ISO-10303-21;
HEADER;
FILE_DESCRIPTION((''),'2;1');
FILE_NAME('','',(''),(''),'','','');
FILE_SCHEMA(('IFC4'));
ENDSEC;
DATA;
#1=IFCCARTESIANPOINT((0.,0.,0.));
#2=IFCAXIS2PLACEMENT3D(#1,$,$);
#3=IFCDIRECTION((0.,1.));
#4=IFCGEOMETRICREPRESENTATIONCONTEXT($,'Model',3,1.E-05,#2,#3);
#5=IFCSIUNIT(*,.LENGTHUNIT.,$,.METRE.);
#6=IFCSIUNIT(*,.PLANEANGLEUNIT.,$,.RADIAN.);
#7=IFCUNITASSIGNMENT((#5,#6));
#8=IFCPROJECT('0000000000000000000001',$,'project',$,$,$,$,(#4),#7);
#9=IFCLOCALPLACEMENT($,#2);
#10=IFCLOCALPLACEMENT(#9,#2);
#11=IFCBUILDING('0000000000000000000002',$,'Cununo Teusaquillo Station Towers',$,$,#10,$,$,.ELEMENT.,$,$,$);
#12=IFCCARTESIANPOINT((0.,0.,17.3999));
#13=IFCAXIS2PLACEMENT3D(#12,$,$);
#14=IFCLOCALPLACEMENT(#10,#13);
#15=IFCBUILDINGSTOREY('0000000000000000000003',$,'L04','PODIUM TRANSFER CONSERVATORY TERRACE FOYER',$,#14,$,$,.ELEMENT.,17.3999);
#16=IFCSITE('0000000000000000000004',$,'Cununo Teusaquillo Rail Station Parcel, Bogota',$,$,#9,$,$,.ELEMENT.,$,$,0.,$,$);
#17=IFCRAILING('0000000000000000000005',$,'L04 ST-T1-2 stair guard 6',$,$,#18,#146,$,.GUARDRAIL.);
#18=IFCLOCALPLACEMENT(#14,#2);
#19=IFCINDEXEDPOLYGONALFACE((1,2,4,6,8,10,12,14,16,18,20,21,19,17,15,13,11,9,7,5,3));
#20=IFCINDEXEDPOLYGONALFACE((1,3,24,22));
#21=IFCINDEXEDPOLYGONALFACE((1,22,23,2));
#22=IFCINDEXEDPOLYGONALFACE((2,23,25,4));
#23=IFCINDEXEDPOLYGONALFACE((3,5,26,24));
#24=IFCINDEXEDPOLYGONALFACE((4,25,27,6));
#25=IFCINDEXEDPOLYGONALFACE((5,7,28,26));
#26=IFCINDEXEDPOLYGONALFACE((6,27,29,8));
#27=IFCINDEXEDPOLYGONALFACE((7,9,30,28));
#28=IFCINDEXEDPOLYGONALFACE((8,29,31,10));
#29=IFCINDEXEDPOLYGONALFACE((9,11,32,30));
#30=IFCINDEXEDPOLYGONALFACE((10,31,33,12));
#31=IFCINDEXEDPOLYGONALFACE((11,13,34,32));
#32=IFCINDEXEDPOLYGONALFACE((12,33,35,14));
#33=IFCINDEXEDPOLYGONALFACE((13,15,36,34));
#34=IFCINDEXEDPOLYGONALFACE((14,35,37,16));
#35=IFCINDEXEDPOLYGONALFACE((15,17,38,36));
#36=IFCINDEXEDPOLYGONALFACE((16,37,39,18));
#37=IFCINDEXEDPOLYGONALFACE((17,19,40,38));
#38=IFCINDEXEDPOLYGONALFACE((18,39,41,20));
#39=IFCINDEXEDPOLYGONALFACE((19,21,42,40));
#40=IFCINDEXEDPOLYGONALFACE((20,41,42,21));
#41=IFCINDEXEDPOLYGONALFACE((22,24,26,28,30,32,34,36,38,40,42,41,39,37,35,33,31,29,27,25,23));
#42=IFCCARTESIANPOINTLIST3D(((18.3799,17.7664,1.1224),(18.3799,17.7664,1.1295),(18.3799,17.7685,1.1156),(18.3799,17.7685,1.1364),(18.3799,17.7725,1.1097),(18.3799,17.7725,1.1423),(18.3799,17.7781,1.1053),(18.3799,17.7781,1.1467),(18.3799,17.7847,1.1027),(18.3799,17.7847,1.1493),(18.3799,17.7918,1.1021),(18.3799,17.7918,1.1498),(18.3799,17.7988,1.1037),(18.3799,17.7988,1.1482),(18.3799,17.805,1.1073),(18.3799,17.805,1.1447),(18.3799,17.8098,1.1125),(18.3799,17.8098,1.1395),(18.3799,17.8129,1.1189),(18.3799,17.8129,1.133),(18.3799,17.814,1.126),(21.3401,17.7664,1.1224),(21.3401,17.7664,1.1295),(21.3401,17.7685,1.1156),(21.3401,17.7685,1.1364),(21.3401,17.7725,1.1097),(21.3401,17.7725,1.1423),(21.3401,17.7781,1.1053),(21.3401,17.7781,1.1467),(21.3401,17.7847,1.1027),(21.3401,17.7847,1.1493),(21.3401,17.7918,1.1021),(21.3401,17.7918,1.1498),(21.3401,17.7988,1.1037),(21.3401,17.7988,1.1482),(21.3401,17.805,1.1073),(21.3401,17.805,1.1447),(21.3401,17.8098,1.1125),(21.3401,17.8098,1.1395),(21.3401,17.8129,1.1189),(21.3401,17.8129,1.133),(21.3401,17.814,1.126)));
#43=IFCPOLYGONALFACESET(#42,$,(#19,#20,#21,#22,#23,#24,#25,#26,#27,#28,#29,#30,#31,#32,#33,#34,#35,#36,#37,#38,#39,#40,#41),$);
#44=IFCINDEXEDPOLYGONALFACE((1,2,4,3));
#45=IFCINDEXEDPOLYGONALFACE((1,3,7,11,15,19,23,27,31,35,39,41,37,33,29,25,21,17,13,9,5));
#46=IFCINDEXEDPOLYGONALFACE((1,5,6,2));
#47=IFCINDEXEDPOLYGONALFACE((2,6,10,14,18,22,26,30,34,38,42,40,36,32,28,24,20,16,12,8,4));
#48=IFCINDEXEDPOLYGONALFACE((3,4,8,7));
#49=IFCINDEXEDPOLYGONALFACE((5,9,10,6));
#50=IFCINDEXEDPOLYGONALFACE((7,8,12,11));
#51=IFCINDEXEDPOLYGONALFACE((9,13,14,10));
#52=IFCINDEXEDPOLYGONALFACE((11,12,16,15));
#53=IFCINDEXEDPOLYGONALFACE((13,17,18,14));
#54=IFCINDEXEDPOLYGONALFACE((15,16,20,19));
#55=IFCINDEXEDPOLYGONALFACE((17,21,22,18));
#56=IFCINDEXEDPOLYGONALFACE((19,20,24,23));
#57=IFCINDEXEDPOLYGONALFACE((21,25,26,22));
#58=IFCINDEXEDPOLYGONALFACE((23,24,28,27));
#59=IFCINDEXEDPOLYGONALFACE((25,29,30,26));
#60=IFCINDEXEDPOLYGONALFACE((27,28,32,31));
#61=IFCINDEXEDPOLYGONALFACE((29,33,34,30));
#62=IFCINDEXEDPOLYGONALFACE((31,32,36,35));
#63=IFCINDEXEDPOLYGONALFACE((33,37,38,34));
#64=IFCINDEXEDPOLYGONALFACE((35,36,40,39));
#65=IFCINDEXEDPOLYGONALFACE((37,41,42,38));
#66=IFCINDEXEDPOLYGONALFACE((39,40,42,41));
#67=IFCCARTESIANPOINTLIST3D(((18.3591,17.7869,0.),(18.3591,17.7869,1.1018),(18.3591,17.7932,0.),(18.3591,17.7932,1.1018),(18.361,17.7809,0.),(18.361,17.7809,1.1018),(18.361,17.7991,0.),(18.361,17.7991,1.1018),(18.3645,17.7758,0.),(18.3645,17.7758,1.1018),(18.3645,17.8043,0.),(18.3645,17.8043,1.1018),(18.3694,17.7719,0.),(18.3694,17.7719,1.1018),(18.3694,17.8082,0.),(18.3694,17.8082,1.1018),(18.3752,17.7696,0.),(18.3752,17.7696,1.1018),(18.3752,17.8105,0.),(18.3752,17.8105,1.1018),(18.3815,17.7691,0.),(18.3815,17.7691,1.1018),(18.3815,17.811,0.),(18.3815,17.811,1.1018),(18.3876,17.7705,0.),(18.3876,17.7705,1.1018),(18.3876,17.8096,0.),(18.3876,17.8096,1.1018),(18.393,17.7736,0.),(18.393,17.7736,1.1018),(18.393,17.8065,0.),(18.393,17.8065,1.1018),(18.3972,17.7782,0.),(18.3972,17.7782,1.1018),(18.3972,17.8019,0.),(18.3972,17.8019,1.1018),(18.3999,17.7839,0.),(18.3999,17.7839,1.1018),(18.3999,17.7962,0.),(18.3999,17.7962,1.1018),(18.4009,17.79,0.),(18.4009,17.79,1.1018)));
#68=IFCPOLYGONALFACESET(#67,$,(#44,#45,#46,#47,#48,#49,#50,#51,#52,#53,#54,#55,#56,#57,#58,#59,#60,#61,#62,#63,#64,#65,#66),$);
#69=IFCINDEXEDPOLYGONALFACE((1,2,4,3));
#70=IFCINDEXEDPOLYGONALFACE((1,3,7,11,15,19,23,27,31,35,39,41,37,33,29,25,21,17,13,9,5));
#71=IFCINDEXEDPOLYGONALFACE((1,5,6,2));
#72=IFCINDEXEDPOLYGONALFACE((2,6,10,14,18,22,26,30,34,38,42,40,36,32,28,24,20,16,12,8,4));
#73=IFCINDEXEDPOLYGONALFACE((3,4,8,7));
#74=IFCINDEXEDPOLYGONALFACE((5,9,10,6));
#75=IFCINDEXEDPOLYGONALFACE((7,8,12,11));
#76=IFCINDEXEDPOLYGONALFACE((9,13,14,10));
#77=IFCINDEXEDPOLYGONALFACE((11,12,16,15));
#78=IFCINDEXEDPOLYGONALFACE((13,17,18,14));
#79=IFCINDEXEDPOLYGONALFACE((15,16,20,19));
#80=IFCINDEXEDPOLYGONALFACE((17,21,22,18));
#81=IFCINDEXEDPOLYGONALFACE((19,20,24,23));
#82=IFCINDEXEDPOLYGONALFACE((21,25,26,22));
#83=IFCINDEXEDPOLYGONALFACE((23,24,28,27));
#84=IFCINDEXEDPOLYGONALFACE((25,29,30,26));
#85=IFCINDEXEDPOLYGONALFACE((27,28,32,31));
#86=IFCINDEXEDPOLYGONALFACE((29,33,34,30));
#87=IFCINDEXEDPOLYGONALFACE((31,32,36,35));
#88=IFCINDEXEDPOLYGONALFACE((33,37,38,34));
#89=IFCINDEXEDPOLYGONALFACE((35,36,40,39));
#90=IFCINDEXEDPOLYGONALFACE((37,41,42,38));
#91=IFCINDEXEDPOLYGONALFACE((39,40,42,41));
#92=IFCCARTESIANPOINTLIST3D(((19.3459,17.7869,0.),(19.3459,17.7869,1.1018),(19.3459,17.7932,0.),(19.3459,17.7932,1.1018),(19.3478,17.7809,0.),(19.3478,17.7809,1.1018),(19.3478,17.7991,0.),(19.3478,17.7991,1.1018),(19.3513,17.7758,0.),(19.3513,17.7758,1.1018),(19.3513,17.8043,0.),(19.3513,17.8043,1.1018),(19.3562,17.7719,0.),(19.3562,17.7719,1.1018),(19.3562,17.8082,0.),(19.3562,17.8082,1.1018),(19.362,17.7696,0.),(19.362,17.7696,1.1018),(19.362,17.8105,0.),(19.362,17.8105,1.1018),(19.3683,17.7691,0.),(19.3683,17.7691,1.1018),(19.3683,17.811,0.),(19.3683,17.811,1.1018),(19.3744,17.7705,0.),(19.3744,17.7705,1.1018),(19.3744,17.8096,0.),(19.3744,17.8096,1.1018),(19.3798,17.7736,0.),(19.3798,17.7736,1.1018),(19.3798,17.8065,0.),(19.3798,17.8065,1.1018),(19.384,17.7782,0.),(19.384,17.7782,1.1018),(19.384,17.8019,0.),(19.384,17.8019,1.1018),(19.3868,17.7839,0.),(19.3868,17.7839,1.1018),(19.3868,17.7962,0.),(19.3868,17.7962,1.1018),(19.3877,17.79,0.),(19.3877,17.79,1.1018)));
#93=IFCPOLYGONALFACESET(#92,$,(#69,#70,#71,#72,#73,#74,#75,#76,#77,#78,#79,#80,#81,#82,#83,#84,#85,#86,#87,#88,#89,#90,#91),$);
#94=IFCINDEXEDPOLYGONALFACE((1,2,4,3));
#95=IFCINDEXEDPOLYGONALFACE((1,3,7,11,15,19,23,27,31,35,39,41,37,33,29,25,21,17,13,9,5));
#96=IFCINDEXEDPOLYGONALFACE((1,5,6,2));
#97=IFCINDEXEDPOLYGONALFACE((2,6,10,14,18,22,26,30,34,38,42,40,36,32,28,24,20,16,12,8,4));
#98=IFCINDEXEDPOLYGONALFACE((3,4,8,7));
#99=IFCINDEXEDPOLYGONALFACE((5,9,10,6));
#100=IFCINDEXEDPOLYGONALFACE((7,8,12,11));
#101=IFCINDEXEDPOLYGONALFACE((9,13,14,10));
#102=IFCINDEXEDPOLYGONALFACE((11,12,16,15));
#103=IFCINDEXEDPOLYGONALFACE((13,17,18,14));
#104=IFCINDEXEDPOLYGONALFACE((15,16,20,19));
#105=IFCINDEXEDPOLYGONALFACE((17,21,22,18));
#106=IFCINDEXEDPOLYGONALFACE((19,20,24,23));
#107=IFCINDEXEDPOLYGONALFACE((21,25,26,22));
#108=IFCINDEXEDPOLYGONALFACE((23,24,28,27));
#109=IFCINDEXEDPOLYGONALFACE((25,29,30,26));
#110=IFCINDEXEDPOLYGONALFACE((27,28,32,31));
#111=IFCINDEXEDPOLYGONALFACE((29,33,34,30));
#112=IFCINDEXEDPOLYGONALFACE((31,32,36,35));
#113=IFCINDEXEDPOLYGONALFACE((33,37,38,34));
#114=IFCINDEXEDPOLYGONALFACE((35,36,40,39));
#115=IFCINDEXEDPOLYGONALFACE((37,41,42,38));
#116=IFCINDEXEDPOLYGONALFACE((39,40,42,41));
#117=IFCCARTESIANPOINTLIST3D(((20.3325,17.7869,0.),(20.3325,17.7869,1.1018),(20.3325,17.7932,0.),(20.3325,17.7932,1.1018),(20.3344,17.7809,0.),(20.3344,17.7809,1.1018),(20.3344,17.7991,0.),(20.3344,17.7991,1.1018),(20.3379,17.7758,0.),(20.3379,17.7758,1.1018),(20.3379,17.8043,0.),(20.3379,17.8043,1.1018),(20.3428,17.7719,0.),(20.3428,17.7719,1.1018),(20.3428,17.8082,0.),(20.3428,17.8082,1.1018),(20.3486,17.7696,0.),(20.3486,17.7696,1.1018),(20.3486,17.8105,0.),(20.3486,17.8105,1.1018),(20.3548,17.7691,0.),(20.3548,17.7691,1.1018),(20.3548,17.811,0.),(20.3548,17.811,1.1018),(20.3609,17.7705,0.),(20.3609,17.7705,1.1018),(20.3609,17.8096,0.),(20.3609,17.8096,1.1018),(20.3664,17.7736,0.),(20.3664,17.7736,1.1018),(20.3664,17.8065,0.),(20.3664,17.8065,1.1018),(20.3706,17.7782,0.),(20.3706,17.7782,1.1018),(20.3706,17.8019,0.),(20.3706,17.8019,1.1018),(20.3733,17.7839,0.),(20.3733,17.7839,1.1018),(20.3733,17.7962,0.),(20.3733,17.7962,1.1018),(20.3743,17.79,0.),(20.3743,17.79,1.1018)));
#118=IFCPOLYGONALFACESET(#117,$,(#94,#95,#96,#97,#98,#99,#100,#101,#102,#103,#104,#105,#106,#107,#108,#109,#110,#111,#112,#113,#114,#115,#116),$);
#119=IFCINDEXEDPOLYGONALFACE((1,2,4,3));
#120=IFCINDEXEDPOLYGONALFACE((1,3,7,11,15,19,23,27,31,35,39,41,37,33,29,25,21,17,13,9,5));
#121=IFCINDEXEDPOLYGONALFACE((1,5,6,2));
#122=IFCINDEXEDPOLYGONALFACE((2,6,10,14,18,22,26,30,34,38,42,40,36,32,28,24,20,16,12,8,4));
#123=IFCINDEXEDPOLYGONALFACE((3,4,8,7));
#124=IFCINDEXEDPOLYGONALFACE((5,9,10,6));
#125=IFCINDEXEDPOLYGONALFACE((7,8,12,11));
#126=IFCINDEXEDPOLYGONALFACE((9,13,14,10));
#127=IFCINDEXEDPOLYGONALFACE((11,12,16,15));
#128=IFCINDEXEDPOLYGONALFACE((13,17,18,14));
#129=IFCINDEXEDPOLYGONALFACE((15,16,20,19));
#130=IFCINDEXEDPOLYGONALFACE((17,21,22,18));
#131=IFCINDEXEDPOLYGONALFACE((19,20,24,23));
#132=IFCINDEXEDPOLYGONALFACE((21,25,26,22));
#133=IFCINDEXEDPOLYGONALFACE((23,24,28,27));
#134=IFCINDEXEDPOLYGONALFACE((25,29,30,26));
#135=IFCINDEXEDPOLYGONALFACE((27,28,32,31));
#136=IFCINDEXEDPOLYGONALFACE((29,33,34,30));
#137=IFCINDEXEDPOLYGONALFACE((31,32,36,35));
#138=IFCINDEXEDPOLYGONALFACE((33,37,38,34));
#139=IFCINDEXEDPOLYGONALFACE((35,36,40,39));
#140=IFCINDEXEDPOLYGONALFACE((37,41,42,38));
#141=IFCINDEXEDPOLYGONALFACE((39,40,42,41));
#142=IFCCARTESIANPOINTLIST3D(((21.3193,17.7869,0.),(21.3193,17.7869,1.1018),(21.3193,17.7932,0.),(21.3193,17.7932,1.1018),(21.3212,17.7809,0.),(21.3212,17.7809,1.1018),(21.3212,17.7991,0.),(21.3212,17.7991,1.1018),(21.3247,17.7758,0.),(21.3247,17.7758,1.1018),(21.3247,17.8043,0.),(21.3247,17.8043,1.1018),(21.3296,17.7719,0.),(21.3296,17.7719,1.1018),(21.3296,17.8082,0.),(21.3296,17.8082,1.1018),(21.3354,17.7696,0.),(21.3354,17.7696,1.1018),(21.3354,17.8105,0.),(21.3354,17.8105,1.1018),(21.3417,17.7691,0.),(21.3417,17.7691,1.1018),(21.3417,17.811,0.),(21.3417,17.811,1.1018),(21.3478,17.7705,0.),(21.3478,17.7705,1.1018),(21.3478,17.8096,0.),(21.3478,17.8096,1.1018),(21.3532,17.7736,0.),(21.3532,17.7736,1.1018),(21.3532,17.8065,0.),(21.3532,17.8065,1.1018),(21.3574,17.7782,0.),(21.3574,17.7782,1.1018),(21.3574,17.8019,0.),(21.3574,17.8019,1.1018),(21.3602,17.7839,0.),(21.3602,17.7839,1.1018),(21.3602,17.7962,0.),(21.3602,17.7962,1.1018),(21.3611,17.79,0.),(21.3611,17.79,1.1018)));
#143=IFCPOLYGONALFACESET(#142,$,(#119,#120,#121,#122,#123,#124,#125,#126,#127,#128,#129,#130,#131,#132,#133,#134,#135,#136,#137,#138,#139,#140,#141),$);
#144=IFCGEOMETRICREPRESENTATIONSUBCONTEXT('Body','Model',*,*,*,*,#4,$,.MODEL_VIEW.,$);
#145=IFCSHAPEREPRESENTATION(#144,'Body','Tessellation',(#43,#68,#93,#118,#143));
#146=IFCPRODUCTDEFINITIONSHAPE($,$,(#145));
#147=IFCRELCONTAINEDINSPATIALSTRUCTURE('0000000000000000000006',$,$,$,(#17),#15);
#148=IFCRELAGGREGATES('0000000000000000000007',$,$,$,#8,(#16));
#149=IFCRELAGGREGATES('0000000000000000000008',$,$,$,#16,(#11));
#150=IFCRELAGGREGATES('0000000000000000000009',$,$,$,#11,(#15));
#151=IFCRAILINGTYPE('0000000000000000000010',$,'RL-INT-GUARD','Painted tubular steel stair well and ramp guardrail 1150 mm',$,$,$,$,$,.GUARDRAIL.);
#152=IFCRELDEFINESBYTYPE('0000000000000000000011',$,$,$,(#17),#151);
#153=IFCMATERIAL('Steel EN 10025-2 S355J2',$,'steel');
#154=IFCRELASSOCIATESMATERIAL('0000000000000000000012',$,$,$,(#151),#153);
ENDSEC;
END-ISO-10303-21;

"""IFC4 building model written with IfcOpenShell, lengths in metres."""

from ifc_helpers import new_model, si_unit, direction, frame, origin, origin_2d, place, context, subcontext, project, spatial, circle, extrude, material, type_object, element, save


model = new_model("IFC4")

# Units and contexts
model_context = context("Model", 3, precision=1e-05, world=origin(), true_north=direction((0.0, 1.0)))
body_context = subcontext(model_context, "Body", "Model", "MODEL_VIEW")
ifc_project = project(units=[si_unit("LENGTHUNIT", "METRE"), si_unit("PLANEANGLEUNIT", "RADIAN")], contexts=[model_context])

# Site, building, storey
site_placement = place(None, origin())
site = spatial("IfcSite", under=ifc_project, at=site_placement, Name="Cununo Teusaquillo Rail Station Parcel, Bogota", CompositionType="ELEMENT", RefElevation=0.0)
building_placement = place(site_placement, origin())
building = spatial("IfcBuilding", under=site, at=building_placement, Name="Cununo Teusaquillo Station Towers", CompositionType="ELEMENT")
storey_placement = place(building_placement, frame((0.0, 0.0, 17.3999)))
storey = spatial("IfcBuildingStorey", under=building, at=storey_placement, Name="L04", Description="PODIUM TRANSFER CONSERVATORY TERRACE FOYER", CompositionType="ELEMENT", Elevation=17.3999)

# Railing
ifc_material_1 = material(Name="Steel EN 10025-2 S355J2", Category="steel")
railing_type_1 = type_object("IfcRailingType", Name="RL-INT-GUARD", Description="Painted tubular steel stair well and ramp guardrail 1150 mm", PredefinedType="GUARDRAIL", material=ifc_material_1)
railing_1_placement = place(storey_placement, frame((18.3799, 17.79, 0.0)))
element("IfcRailing", 1, at=railing_1_placement, inside=storey, type_object=railing_type_1, Name="L04 ST-T1-2 stair guard 6", PredefinedType="GUARDRAIL", context=body_context, shape_type="SweptSolid", body=[
    extrude(circle(Radius=0.0239, at=origin_2d()), frame((0.0, 0.0, 1.126), z_axis=(1.0, 0.0, 0.0), x_axis=(0.0, 1.0, 0.0)), (0.0, 0.0, 1.0), 2.9602),
    extrude(circle(Radius=0.021, at=origin_2d()), origin(), (0.0, 0.0, 1.0), 1.1018),
    extrude(circle(Radius=0.021, at=origin_2d()), frame((0.9868, 0.0, 0.0)), (0.0, 0.0, 1.0), 1.1018),
    extrude(circle(Radius=0.021, at=origin_2d()), frame((1.9734, 0.0, 0.0)), (0.0, 0.0, 1.0), 1.1018),
    extrude(circle(Radius=0.021, at=origin_2d()), frame((2.9602, 0.0, 0.0)), (0.0, 0.0, 1.0), 1.1018),
])

save(model, "model.ifc")
